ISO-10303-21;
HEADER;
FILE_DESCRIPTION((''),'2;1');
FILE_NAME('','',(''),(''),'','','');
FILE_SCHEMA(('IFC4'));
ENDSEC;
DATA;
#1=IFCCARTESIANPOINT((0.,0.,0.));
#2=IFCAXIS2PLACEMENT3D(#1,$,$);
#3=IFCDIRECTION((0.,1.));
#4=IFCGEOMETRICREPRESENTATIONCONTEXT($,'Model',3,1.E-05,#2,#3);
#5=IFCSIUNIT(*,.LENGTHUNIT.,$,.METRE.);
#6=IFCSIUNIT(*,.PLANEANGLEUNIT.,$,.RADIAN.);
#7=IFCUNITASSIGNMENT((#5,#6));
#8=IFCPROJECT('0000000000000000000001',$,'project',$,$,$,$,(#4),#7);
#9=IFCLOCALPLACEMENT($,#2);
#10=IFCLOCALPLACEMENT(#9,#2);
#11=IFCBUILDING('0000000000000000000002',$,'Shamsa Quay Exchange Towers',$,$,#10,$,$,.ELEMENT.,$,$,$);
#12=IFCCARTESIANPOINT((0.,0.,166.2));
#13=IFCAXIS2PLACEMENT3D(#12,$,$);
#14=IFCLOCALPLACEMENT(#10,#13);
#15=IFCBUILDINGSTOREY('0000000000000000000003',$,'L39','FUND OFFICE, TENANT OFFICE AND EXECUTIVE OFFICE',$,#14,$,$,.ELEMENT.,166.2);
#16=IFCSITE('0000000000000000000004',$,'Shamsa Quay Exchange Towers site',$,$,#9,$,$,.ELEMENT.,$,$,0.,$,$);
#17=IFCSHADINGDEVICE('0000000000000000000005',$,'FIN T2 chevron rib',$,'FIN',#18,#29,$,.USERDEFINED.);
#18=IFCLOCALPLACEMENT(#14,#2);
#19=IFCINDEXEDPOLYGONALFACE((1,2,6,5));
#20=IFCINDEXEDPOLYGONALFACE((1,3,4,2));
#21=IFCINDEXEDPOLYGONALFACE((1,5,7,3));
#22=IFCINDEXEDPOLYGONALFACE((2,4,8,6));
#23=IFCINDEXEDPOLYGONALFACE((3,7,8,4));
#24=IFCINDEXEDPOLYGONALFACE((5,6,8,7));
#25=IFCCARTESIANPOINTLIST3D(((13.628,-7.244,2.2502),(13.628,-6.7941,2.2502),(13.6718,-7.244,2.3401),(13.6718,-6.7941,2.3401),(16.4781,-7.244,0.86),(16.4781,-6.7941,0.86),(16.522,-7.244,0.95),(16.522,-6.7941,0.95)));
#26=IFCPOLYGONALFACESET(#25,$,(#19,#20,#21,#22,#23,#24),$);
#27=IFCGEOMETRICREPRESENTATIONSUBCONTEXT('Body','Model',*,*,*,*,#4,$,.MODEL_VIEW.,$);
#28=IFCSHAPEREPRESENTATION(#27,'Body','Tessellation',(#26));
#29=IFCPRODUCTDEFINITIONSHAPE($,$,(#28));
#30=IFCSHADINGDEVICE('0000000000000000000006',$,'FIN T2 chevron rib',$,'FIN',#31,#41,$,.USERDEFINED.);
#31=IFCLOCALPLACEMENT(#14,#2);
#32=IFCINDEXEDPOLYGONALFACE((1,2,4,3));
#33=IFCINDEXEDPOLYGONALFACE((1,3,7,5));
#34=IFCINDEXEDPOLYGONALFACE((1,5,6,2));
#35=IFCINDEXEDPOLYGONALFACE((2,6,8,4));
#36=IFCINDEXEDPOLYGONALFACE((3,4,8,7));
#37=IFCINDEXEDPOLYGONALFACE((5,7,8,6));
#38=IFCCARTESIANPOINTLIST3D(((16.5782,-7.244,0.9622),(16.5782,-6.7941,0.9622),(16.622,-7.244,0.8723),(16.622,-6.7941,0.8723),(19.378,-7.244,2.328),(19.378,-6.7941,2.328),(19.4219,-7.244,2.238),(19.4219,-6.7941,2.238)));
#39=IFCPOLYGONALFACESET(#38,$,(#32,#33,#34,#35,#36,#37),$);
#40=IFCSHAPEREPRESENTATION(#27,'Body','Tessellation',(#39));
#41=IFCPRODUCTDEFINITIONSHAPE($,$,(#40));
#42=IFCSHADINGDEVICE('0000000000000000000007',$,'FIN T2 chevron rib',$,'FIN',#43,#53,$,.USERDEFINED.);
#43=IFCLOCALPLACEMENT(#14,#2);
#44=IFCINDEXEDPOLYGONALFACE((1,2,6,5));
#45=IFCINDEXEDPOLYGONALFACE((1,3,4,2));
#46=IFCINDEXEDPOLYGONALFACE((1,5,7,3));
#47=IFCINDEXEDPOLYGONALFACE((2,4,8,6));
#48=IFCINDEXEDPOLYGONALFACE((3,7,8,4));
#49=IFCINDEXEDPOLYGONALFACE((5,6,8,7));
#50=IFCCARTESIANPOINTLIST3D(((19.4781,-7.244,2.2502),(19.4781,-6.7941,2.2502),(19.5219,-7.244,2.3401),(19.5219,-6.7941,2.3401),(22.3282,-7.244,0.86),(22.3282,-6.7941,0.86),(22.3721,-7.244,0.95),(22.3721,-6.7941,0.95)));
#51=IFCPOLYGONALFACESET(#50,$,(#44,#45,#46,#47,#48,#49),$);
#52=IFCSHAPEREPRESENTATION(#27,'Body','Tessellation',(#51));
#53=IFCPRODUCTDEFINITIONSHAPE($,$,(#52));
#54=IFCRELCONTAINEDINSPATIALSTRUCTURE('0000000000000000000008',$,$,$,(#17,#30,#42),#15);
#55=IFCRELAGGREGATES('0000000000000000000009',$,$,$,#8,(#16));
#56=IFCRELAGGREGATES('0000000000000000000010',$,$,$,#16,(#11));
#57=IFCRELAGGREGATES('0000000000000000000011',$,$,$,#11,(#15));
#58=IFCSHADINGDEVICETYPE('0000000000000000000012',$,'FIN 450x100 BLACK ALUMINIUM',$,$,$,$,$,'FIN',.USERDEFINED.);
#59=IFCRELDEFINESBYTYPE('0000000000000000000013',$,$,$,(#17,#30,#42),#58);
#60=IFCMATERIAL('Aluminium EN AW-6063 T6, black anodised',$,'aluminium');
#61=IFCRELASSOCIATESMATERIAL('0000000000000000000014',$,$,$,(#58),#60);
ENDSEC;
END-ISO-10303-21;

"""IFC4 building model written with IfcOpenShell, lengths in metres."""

from ifc_helpers import new_model, si_unit, direction, frame, origin, origin_2d, place, context, subcontext, project, spatial, rectangle, extrude, material, material_profile, profile_set, type_object, element, save


model = new_model("IFC4")

# Units and contexts
model_context = context("Model", 3, precision=1e-05, world=origin(), true_north=direction((0.0, 1.0)))
body_context = subcontext(model_context, "Body", "Model", "MODEL_VIEW")
ifc_project = project(units=[si_unit("LENGTHUNIT", "METRE"), si_unit("PLANEANGLEUNIT", "RADIAN")], contexts=[model_context])

# Site, building, storey
site_placement = place(None, origin())
site = spatial("IfcSite", under=ifc_project, at=site_placement, Name="Shamsa Quay Exchange Towers site", CompositionType="ELEMENT", RefElevation=0.0)
building_placement = place(site_placement, origin())
building = spatial("IfcBuilding", under=site, at=building_placement, Name="Shamsa Quay Exchange Towers", CompositionType="ELEMENT")
storey_placement = place(building_placement, frame((0.0, 0.0, 166.2)))
storey = spatial("IfcBuildingStorey", under=building, at=storey_placement, Name="L39", Description="FUND OFFICE, TENANT OFFICE AND EXECUTIVE OFFICE", CompositionType="ELEMENT", Elevation=166.2)

# Shared definitions
ifc_material_1 = material(Name="Aluminium EN AW-6063 T6, black anodised", Category="aluminium")

# Shading devices
ifc_material_profile_1 = material_profile(ifc_material_1, rectangle(XDim=0.45, YDim=0.1001, at=origin_2d()), Name="FIN450x100")
ifc_profile_set_1 = profile_set([ifc_material_profile_1], Name="Aluminium EN AW-6063 T6, black anodised")
shading_device_type = type_object("IfcShadingDeviceType", Name="FIN 450x100 BLACK ALUMINIUM", ElementType="FIN", PredefinedType="USERDEFINED", material=ifc_profile_set_1)
shading_device_1_placement = place(storey_placement, frame((13.6499, -7.019, 2.2952), z_axis=(0.898788, 0.0, -0.438384), x_axis=(0.0, 1.0, 0.0)))
element("IfcShadingDevice", 1, at=shading_device_1_placement, inside=storey, type_object=shading_device_type, Name="FIN T2 chevron rib", ObjectType="FIN", PredefinedType="USERDEFINED", context=body_context, shape_type="SweptSolid", body=[
    extrude(rectangle(XDim=0.45, YDim=0.1001, at=origin_2d()), origin(), (0.0, 0.0, 1.0), 3.1711),
])
shading_device_2_placement = place(storey_placement, frame((16.6001, -7.019, 0.9172), z_axis=(0.898773, 0.0, 0.438414), x_axis=(0.0, 1.0, 0.0)))
element("IfcShadingDevice", 2, at=shading_device_2_placement, inside=storey, type_object=shading_device_type, Name="FIN T2 chevron rib", ObjectType="FIN", PredefinedType="USERDEFINED", context=body_context, shape_type="SweptSolid", body=[
    extrude(rectangle(XDim=0.45, YDim=0.1001, at=origin_2d()), origin(), (0.0, 0.0, 1.0), 3.1152),
])
shading_device_3_placement = place(storey_placement, frame((19.5, -7.019, 2.2952), z_axis=(0.898788, 0.0, -0.438384), x_axis=(0.0, 1.0, 0.0)))
element("IfcShadingDevice", 3, at=shading_device_3_placement, inside=storey, type_object=shading_device_type, Name="FIN T2 chevron rib", ObjectType="FIN", PredefinedType="USERDEFINED", context=body_context, shape_type="SweptSolid", body=[
    extrude(rectangle(XDim=0.45, YDim=0.1001, at=origin_2d()), origin(), (0.0, 0.0, 1.0), 3.1711),
])

save(model, "model.ifc")
